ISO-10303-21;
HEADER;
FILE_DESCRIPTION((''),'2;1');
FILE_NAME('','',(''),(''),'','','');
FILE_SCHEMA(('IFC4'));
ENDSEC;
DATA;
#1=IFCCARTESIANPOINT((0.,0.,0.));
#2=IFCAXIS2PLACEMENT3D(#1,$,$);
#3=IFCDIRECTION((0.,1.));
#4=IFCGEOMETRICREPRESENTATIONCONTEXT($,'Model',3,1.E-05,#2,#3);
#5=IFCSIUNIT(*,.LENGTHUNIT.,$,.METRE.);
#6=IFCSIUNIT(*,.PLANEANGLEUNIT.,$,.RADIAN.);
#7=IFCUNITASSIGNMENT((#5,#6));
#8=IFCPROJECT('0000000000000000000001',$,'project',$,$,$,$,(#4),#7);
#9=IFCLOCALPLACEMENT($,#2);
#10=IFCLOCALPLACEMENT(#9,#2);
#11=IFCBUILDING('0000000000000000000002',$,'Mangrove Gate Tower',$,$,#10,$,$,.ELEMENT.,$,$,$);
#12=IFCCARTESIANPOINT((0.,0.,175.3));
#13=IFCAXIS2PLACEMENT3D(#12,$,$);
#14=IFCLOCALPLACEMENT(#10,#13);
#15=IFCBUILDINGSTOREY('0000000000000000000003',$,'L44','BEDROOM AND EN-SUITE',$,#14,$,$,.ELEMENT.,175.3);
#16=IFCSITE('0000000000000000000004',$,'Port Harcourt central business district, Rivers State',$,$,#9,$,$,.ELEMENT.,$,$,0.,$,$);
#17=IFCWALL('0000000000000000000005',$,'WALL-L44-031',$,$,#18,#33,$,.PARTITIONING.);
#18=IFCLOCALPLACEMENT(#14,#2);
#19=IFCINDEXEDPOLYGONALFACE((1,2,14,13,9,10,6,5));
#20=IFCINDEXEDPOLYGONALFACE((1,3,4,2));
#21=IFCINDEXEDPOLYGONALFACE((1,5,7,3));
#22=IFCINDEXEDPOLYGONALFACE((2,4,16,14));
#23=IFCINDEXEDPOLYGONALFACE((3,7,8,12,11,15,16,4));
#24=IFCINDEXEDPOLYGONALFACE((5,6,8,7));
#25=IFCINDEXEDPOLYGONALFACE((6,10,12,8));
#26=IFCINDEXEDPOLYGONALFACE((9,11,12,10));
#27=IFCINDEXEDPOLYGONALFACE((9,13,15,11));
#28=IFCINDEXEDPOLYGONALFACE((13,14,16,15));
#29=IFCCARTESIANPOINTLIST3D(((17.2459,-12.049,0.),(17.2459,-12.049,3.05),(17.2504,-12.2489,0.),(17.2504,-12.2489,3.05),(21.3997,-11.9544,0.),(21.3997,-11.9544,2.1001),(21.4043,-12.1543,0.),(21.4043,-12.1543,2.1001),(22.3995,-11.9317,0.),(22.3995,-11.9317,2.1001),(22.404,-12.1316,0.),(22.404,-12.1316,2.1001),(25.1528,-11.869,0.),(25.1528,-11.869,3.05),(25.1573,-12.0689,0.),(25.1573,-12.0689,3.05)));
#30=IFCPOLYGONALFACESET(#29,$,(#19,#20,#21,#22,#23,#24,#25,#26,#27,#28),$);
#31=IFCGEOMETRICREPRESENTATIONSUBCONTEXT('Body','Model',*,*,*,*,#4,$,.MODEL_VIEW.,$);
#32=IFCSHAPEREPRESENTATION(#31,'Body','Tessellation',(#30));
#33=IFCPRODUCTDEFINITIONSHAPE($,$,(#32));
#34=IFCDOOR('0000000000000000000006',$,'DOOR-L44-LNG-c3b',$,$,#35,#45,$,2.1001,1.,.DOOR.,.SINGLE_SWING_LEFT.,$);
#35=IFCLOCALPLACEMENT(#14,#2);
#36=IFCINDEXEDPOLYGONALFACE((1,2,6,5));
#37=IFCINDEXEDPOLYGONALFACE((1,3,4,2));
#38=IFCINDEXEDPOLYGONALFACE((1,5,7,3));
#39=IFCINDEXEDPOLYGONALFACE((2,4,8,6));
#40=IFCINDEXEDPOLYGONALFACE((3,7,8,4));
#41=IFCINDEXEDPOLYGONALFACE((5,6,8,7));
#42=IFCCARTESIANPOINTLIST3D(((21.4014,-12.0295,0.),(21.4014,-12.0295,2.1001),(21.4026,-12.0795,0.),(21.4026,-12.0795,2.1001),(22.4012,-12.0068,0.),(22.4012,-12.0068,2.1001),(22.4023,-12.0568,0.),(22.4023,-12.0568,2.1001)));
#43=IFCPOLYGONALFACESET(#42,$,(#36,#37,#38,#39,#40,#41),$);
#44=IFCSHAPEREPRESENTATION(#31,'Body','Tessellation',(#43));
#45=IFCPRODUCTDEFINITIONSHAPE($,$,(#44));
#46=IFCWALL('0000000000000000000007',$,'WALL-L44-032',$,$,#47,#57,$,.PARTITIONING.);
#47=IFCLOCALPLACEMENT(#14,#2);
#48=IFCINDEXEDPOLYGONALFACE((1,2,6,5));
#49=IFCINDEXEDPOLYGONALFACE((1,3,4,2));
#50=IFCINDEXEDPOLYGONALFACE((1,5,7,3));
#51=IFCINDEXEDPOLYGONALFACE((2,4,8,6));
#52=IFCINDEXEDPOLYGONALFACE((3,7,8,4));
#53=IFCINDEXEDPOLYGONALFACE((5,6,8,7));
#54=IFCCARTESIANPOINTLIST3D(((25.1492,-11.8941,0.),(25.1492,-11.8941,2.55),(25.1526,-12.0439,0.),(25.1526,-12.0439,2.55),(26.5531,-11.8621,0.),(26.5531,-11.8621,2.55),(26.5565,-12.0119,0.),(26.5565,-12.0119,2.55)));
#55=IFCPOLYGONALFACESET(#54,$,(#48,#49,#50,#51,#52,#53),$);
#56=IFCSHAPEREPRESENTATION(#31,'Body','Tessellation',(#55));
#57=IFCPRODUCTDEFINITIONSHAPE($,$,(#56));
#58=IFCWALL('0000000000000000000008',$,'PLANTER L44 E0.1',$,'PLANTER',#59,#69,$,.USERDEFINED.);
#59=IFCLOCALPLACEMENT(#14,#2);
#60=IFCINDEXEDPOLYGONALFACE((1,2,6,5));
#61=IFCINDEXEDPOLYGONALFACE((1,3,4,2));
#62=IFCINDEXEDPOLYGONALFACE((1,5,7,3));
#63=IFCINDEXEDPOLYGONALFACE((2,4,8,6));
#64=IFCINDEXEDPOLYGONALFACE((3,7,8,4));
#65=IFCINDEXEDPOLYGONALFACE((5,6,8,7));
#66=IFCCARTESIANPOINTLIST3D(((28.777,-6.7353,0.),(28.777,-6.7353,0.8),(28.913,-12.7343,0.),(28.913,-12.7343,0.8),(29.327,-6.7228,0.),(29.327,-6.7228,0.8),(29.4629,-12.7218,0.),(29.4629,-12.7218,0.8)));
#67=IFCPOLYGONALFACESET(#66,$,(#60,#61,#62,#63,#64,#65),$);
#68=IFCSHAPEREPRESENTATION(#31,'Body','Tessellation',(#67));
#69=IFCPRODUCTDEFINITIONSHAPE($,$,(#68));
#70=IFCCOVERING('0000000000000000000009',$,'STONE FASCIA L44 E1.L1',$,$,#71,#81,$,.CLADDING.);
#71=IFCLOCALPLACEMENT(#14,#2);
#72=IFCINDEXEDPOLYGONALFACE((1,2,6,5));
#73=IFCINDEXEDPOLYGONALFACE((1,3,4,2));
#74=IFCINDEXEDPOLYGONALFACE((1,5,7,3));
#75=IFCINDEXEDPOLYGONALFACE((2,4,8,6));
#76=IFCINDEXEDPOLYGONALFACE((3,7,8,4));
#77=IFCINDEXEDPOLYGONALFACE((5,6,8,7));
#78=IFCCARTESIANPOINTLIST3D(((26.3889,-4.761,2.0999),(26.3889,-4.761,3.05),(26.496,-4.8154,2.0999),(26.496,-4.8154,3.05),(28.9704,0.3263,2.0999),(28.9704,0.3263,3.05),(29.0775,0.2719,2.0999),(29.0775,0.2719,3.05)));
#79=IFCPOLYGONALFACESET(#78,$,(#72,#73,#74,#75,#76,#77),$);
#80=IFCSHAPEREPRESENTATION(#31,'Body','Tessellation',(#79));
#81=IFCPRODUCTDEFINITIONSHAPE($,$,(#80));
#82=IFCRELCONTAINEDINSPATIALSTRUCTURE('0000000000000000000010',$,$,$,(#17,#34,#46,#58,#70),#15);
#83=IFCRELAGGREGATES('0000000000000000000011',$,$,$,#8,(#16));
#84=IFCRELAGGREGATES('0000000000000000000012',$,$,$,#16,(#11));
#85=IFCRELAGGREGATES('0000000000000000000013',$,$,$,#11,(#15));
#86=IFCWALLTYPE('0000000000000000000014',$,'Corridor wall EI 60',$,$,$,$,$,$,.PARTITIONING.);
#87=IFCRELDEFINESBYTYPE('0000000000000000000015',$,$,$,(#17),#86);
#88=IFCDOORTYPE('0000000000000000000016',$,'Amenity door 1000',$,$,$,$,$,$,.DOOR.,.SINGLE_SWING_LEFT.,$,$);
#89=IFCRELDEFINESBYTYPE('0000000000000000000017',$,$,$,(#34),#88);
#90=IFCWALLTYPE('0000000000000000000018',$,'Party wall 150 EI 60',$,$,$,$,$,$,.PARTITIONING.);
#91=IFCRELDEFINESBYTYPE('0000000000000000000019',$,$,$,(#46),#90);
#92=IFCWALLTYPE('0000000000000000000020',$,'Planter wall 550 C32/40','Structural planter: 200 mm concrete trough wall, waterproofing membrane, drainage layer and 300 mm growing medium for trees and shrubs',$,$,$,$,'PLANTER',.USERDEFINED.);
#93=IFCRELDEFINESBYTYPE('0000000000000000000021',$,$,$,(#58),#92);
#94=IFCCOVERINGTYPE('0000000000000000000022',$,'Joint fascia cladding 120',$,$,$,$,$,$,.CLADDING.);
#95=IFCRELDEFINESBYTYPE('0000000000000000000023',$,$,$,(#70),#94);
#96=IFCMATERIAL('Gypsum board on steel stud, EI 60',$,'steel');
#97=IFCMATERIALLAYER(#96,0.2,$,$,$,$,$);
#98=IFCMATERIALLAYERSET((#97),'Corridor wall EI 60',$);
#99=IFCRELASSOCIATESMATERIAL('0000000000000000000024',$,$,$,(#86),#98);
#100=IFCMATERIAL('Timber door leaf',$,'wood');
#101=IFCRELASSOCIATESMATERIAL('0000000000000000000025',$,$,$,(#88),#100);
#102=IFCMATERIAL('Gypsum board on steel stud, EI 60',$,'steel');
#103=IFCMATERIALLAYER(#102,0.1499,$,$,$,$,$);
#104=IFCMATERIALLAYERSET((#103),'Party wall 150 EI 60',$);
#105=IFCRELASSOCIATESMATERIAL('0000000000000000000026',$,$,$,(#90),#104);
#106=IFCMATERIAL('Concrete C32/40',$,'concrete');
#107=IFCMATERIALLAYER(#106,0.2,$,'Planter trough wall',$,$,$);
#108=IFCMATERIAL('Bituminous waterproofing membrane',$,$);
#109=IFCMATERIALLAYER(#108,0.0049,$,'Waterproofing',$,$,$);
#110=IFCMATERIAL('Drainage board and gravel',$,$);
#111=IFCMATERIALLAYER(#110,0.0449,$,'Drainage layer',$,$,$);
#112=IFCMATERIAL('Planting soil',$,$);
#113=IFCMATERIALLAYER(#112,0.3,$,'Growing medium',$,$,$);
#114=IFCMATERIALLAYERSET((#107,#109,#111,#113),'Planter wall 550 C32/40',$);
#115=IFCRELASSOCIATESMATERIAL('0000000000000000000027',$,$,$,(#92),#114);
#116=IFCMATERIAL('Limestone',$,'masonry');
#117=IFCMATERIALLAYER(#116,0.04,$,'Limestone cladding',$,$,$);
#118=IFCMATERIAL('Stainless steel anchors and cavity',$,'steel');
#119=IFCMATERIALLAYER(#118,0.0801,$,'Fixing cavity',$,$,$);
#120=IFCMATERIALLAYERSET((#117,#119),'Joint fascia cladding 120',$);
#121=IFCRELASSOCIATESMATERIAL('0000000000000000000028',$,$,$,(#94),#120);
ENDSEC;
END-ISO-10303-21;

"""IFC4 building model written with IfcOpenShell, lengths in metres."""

from ifc_helpers import new_model, si_unit, direction, frame, frame_2d, origin, place, context, subcontext, project, spatial, rectangle, extrude, material, layer, layer_set, type_object, element, fill, save


model = new_model("IFC4")

# Units and contexts
model_context = context("Model", 3, precision=1e-05, world=origin(), true_north=direction((0.0, 1.0)))
body_context = subcontext(model_context, "Body", "Model", "MODEL_VIEW")
ifc_project = project(units=[si_unit("LENGTHUNIT", "METRE"), si_unit("PLANEANGLEUNIT", "RADIAN")], contexts=[model_context])

# Site, building, storey
site_placement = place(None, origin())
site = spatial("IfcSite", under=ifc_project, at=site_placement, Name="Port Harcourt central business district, Rivers State", CompositionType="ELEMENT", RefElevation=0.0)
building_placement = place(site_placement, origin())
building = spatial("IfcBuilding", under=site, at=building_placement, Name="Mangrove Gate Tower", CompositionType="ELEMENT")
storey_placement = place(building_placement, frame((0.0, 0.0, 175.3)))
storey = spatial("IfcBuildingStorey", under=building, at=storey_placement, Name="L44", Description="BEDROOM AND EN-SUITE", CompositionType="ELEMENT", Elevation=175.3)

# Shared definitions
ifc_material_1 = material(Name="Gypsum board on steel stud, EI 60", Category="steel")
ifc_layer_1 = layer(ifc_material_1, 0.2)
ifc_layer_set_1 = layer_set([ifc_layer_1], Name="Corridor wall EI 60")
wall_type_1 = type_object("IfcWallType", Name="Corridor wall EI 60", PredefinedType="PARTITIONING", material=ifc_layer_set_1)

# Wall, opening, door
wall_1_placement = place(storey_placement, frame((17.248, -12.1489, 0.0), z_axis=(0.0, 0.0, 1.0), x_axis=(0.999741, 0.02275, 0.0)))
wall_1 = element("IfcWall", 1, at=wall_1_placement, inside=storey, type_object=wall_type_1, Name="WALL-L44-031", PredefinedType="PARTITIONING", context=body_context, shape_type="SweptSolid", body=[
    extrude(rectangle(XDim=7.9089, YDim=0.2, at=frame_2d((3.9546, 0.0))), origin(), (0.0, 0.0, 1.0), 3.05),
])
opening_placement = place(wall_1_placement, frame((4.155, 0.0, 0.0)))
opening = element("IfcOpeningElement", 2, at=opening_placement, cuts=wall_1, PredefinedType="OPENING", context=body_context, shape_type="SweptSolid", body=[
    extrude(rectangle(XDim=1.0, YDim=2.1001, at=frame_2d((0.5, 1.05))), frame((0.0, 0.1099, 0.0), z_axis=(0.0, -1.0, 0.0), x_axis=(1.0, 0.0, 0.0)), (0.0, 0.0, 1.0), 0.22),
])
ifc_material_2 = material(Name="Timber door leaf", Category="wood")
door_type = type_object("IfcDoorType", Name="Amenity door 1000", OperationType="SINGLE_SWING_LEFT", PredefinedType="DOOR", material=ifc_material_2)
door_placement = place(opening_placement, origin())
door = element("IfcDoor", 3, at=door_placement, inside=storey, type_object=door_type, Name="DOOR-L44-LNG-c3b", OperationType="SINGLE_SWING_LEFT", OverallHeight=2.1001, OverallWidth=1.0, PredefinedType="DOOR", context=body_context, shape_type="SweptSolid", body=[
    extrude(rectangle(XDim=1.0, YDim=2.1001, at=frame_2d((0.5, 1.05))), frame((0.0, 0.0249, 0.0), z_axis=(0.0, -1.0, 0.0), x_axis=(1.0, 0.0, 0.0)), (0.0, 0.0, 1.0), 0.05),
])
fill(opening, door)

# Walls
ifc_material_3 = material(Name="Gypsum board on steel stud, EI 60", Category="steel")
ifc_layer_2 = layer(ifc_material_3, 0.1499)
ifc_layer_set_2 = layer_set([ifc_layer_2], Name="Party wall 150 EI 60")
wall_type_2 = type_object("IfcWallType", Name="Party wall 150 EI 60", PredefinedType="PARTITIONING", material=ifc_layer_set_2)
wall_2_placement = place(storey_placement, frame((25.1509, -11.969, 0.0), z_axis=(0.0, 0.0, 1.0), x_axis=(0.999741, 0.022773, 0.0)))
element("IfcWall", 4, at=wall_2_placement, inside=storey, type_object=wall_type_2, Name="WALL-L44-032", PredefinedType="PARTITIONING", context=body_context, shape_type="SweptSolid", body=[
    extrude(rectangle(XDim=1.4043, YDim=0.1499, at=frame_2d((0.7021, 0.0))), origin(), (0.0, 0.0, 1.0), 2.55),
])
ifc_material_4 = material(Name="Concrete C32/40", Category="concrete")
ifc_layer_3 = layer(ifc_material_4, 0.2, Name="Planter trough wall")
ifc_material_5 = material(Name="Bituminous waterproofing membrane")
ifc_layer_4 = layer(ifc_material_5, 0.0049, Name="Waterproofing")
ifc_material_6 = material(Name="Drainage board and gravel")
ifc_layer_5 = layer(ifc_material_6, 0.0449, Name="Drainage layer")
ifc_material_7 = material(Name="Planting soil")
ifc_layer_6 = layer(ifc_material_7, 0.3, Name="Growing medium")
ifc_layer_set_3 = layer_set([ifc_layer_3, ifc_layer_4, ifc_layer_5, ifc_layer_6], Name="Planter wall 550 C32/40")
wall_type_3 = type_object("IfcWallType", Name="Planter wall 550 C32/40", Description="Structural planter: 200 mm concrete trough wall, waterproofing membrane, drainage layer and 300 mm growing medium for trees and shrubs", ElementType="PLANTER", PredefinedType="USERDEFINED", material=ifc_layer_set_3)
wall_3_placement = place(storey_placement, frame((29.188, -12.728, 0.0), z_axis=(0.0, 0.0, 1.0), x_axis=(-0.022662, 0.999743, 0.0)))
element("IfcWall", 5, at=wall_3_placement, inside=storey, type_object=wall_type_3, Name="PLANTER L44 E0.1", ObjectType="PLANTER", PredefinedType="USERDEFINED", context=body_context, shape_type="SweptSolid", body=[
    extrude(rectangle(XDim=6.0005, YDim=0.55, at=frame_2d((3.0002, 0.0))), origin(), (0.0, 0.0, 1.0), 0.8),
])

# Covering
ifc_material_8 = material(Name="Limestone", Category="masonry")
ifc_layer_7 = layer(ifc_material_8, 0.04, Name="Limestone cladding")
ifc_material_9 = material(Name="Stainless steel anchors and cavity", Category="steel")
ifc_layer_8 = layer(ifc_material_9, 0.0801, Name="Fixing cavity")
ifc_layer_set_4 = layer_set([ifc_layer_7, ifc_layer_8], Name="Joint fascia cladding 120")
covering_type = type_object("IfcCoveringType", Name="Joint fascia cladding 120", PredefinedType="CLADDING", material=ifc_layer_set_4)
covering_placement = place(storey_placement, frame((26.4424, -4.7883, 2.0999), z_axis=(0.0, 0.0, 1.0), x_axis=(0.452512, 0.891758, 0.0)))
element("IfcCovering", 6, at=covering_placement, inside=storey, type_object=covering_type, Name="STONE FASCIA L44 E1.L1", PredefinedType="CLADDING", context=body_context, shape_type="SweptSolid", body=[
    extrude(rectangle(XDim=5.7048, YDim=0.1201, at=frame_2d((2.8525, 0.0))), origin(), (0.0, 0.0, 1.0), 0.9502),
])

save(model, "model.ifc")
